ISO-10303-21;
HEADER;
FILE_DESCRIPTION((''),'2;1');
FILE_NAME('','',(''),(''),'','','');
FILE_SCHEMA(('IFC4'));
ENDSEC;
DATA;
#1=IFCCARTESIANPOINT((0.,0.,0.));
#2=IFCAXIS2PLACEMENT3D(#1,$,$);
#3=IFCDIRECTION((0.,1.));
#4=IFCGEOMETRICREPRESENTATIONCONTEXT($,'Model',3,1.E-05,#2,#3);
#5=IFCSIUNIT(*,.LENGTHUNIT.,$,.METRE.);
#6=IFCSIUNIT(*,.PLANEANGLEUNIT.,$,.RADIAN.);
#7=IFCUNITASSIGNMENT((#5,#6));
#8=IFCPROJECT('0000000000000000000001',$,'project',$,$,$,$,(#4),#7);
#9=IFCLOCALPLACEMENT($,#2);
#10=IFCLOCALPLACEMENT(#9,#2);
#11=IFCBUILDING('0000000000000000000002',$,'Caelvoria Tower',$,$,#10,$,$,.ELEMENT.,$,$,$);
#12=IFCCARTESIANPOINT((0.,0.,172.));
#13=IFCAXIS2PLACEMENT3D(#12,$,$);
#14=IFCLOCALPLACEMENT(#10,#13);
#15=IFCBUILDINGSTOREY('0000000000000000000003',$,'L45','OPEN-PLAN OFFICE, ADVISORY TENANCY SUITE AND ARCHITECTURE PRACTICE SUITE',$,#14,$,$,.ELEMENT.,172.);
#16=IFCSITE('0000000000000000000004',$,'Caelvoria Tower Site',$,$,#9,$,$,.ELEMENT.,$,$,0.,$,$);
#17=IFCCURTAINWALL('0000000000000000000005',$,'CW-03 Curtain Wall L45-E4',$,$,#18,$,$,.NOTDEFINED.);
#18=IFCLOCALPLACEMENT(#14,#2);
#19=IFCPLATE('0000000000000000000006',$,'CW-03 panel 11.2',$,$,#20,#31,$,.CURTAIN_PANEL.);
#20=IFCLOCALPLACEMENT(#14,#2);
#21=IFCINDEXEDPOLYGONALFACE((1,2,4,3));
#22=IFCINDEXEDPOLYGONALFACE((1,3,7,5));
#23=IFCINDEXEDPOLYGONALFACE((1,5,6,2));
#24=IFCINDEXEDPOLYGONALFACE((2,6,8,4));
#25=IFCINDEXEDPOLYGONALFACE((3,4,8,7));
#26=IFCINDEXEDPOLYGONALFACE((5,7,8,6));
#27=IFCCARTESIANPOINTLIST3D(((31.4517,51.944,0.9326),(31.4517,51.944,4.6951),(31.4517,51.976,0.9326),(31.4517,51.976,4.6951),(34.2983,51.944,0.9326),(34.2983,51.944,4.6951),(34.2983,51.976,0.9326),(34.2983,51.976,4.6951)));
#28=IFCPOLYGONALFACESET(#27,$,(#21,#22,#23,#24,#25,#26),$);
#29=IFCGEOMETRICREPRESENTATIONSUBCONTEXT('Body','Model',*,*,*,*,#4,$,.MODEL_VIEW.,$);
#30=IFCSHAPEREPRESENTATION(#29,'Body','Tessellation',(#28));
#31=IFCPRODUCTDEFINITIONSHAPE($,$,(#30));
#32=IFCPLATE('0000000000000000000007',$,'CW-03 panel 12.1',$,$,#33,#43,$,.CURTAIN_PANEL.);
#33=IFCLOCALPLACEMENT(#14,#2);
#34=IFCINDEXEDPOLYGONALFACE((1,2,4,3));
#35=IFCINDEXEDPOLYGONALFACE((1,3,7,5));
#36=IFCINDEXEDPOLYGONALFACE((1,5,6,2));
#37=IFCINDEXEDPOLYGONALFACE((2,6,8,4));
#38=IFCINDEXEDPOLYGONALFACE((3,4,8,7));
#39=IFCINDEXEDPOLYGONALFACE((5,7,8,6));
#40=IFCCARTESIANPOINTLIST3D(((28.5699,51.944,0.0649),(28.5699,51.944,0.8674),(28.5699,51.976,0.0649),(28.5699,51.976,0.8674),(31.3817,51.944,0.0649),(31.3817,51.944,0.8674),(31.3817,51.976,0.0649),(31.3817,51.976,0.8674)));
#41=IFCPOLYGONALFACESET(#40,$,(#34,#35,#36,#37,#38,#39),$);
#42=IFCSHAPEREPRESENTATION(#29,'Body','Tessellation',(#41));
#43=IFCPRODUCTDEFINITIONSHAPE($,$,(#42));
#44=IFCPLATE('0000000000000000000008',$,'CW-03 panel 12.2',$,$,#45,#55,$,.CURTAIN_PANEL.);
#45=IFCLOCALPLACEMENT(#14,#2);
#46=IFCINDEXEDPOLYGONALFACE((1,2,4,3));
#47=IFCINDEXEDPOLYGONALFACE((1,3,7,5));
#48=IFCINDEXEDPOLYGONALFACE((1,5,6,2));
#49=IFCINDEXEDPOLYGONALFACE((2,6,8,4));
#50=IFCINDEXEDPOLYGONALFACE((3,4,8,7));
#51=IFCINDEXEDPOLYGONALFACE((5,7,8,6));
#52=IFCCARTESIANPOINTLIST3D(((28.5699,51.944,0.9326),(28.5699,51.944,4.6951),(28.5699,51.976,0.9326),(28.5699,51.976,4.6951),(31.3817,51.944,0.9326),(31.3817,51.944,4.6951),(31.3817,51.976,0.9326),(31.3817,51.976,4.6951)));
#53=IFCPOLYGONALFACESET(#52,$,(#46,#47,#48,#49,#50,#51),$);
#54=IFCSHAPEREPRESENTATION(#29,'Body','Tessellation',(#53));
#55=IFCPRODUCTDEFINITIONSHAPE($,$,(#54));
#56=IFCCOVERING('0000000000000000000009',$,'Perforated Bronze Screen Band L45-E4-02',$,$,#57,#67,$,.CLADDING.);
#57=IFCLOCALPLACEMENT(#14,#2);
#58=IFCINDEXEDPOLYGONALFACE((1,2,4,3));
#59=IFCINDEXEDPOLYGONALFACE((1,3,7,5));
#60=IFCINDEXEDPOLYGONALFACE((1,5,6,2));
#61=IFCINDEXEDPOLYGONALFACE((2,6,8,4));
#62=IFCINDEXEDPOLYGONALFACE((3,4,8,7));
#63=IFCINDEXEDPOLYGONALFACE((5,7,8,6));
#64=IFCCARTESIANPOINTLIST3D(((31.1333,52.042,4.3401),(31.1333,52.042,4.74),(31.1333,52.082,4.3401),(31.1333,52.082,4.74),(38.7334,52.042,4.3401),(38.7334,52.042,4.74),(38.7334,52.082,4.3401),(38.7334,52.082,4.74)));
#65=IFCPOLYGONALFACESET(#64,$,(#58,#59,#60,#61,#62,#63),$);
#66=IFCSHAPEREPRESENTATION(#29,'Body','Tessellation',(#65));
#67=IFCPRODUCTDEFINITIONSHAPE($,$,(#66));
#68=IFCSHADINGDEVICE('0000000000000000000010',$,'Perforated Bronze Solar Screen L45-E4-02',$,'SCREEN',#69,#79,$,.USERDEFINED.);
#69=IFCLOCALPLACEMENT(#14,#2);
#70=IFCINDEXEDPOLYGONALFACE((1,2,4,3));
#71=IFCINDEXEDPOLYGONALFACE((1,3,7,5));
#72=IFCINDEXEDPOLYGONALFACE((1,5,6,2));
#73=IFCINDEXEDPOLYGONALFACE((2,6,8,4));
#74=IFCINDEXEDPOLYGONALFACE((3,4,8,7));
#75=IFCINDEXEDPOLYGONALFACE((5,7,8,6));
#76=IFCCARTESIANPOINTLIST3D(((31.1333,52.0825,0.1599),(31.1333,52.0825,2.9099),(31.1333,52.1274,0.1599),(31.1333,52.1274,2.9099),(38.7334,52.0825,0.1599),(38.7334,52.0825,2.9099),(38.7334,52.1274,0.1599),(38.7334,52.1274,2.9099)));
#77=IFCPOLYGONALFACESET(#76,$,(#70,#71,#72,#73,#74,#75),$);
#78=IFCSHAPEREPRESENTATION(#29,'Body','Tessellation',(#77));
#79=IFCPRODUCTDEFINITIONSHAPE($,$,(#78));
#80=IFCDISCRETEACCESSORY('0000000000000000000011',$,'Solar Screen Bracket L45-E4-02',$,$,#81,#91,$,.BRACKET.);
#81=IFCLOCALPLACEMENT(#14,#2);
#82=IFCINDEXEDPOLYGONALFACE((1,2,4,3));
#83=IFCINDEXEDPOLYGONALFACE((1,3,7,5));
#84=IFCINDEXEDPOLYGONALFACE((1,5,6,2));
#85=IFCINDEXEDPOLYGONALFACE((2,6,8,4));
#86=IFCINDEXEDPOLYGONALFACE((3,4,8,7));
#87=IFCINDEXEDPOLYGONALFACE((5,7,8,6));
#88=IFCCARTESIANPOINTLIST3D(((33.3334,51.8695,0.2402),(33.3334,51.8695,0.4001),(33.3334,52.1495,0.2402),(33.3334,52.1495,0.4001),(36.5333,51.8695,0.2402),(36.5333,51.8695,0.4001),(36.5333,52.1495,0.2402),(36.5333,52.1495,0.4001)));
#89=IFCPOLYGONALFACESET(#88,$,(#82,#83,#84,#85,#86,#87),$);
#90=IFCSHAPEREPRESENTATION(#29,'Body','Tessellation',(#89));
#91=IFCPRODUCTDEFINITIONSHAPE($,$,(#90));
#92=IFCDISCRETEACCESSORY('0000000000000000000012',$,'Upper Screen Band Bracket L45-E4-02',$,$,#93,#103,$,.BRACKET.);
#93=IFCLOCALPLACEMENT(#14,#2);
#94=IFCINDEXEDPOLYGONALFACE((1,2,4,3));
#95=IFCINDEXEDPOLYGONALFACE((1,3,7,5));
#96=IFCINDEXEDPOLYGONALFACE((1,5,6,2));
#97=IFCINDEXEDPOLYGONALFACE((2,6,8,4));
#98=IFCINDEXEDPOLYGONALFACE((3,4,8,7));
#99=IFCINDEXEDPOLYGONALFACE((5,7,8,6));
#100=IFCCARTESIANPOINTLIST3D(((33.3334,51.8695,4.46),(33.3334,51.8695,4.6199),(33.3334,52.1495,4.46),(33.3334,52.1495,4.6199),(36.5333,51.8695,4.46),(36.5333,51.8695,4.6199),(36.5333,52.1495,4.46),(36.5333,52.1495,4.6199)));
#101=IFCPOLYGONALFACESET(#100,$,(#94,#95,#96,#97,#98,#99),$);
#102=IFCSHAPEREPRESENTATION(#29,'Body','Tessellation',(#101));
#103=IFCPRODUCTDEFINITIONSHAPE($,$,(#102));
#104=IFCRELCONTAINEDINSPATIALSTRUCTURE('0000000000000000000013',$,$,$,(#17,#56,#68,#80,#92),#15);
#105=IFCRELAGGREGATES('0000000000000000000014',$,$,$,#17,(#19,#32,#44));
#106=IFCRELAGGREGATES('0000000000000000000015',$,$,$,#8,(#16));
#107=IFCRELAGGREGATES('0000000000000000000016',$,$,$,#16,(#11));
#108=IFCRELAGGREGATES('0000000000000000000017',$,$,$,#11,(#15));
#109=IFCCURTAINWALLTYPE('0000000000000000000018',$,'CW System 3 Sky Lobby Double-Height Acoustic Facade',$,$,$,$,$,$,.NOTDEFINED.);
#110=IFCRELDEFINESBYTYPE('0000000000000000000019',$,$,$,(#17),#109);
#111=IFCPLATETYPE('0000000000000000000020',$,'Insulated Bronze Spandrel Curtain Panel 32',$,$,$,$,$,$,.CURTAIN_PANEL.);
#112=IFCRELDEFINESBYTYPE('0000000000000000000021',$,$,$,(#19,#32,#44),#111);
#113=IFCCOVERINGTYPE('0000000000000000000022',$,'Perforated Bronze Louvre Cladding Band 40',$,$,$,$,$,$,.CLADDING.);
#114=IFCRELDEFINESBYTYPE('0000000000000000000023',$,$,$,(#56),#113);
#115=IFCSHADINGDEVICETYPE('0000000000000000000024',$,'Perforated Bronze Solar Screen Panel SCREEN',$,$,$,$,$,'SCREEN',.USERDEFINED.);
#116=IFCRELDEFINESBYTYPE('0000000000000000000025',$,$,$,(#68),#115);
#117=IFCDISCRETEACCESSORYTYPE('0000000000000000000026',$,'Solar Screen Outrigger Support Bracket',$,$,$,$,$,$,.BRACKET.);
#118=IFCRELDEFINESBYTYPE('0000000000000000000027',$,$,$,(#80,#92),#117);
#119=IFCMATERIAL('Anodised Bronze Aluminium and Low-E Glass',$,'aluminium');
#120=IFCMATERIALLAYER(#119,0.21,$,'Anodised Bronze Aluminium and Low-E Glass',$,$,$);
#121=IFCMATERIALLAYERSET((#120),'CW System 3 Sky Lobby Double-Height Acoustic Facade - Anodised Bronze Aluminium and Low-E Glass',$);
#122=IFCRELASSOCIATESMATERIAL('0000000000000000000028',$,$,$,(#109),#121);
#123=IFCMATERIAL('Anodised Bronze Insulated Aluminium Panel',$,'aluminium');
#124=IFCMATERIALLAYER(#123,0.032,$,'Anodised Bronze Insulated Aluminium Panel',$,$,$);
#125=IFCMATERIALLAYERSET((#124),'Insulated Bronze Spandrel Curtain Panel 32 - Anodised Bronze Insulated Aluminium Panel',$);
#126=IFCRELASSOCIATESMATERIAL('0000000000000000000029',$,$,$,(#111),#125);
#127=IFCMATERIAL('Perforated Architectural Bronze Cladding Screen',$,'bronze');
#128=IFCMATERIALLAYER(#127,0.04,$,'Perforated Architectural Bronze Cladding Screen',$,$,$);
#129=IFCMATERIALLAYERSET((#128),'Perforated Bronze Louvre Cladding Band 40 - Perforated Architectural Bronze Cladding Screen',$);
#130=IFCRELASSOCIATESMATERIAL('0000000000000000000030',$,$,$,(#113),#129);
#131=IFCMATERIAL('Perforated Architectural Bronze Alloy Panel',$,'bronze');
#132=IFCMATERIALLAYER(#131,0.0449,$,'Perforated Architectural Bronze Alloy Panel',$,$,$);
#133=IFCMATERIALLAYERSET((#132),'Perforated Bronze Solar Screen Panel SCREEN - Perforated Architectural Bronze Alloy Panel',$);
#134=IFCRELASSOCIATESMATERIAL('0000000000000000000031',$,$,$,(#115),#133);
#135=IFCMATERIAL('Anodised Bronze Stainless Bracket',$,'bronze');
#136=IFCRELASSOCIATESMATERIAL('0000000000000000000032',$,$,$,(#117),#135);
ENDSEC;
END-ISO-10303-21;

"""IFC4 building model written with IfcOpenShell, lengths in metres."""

from ifc_helpers import new_model, si_unit, direction, frame, origin, origin_2d, place, context, subcontext, project, spatial, rectangle, extrude, material, layer, layer_set, type_object, element, aggregate, save


model = new_model("IFC4")

# Units and contexts
model_context = context("Model", 3, precision=1e-05, world=origin(), true_north=direction((0.0, 1.0)))
body_context = subcontext(model_context, "Body", "Model", "MODEL_VIEW")
ifc_project = project(units=[si_unit("LENGTHUNIT", "METRE"), si_unit("PLANEANGLEUNIT", "RADIAN")], contexts=[model_context])

# Site, building, storey
site_placement = place(None, origin())
site = spatial("IfcSite", under=ifc_project, at=site_placement, Name="Caelvoria Tower Site", CompositionType="ELEMENT", RefElevation=0.0)
building_placement = place(site_placement, origin())
building = spatial("IfcBuilding", under=site, at=building_placement, Name="Caelvoria Tower", CompositionType="ELEMENT")
storey_placement = place(building_placement, frame((0.0, 0.0, 172.0)))
storey = spatial("IfcBuildingStorey", under=building, at=storey_placement, Name="L45", Description="OPEN-PLAN OFFICE, ADVISORY TENANCY SUITE AND ARCHITECTURE PRACTICE SUITE", CompositionType="ELEMENT", Elevation=172.0)

# Curtain wall
ifc_material_1 = material(Name="Anodised Bronze Aluminium and Low-E Glass", Category="aluminium")
ifc_layer_1 = layer(ifc_material_1, 0.21, Name="Anodised Bronze Aluminium and Low-E Glass")
ifc_layer_set_1 = layer_set([ifc_layer_1], Name="CW System 3 Sky Lobby Double-Height Acoustic Facade - Anodised Bronze Aluminium and Low-E Glass")
curtain_wall_type = type_object("IfcCurtainWallType", Name="CW System 3 Sky Lobby Double-Height Acoustic Facade", PredefinedType="NOTDEFINED", material=ifc_layer_set_1)
curtain_wall_1_placement = place(storey_placement, origin())
curtain_wall_1 = element("IfcCurtainWall", 1, at=curtain_wall_1_placement, inside=storey, type_object=curtain_wall_type, Name="CW-03 Curtain Wall L45-E4", PredefinedType="NOTDEFINED")

# Plates
ifc_material_2 = material(Name="Anodised Bronze Insulated Aluminium Panel", Category="aluminium")
ifc_layer_2 = layer(ifc_material_2, 0.032, Name="Anodised Bronze Insulated Aluminium Panel")
ifc_layer_set_2 = layer_set([ifc_layer_2], Name="Insulated Bronze Spandrel Curtain Panel 32 - Anodised Bronze Insulated Aluminium Panel")
plate_type = type_object("IfcPlateType", Name="Insulated Bronze Spandrel Curtain Panel 32", PredefinedType="CURTAIN_PANEL", material=ifc_layer_set_2)
plate_1_placement = place(storey_placement, frame((32.875, 51.96, 0.9326), z_axis=(0.0, 0.0, 1.0), x_axis=(-1.0, 0.0, 0.0)))
plate_1 = element("IfcPlate", 2, at=plate_1_placement, type_object=plate_type, Name="CW-03 panel 11.2", PredefinedType="CURTAIN_PANEL", context=body_context, shape_type="SweptSolid", body=[
    extrude(rectangle(XDim=2.8467, YDim=0.032, at=origin_2d()), origin(), (0.0, 0.0, 1.0), 3.7625),
])
plate_2_placement = place(storey_placement, frame((29.9758, 51.96, 0.0649), z_axis=(0.0, 0.0, 1.0), x_axis=(-1.0, 0.0, 0.0)))
plate_2 = element("IfcPlate", 3, at=plate_2_placement, type_object=plate_type, Name="CW-03 panel 12.1", PredefinedType="CURTAIN_PANEL", context=body_context, shape_type="SweptSolid", body=[
    extrude(rectangle(XDim=2.8118, YDim=0.032, at=origin_2d()), origin(), (0.0, 0.0, 1.0), 0.8025),
])
plate_3_placement = place(storey_placement, frame((29.9758, 51.96, 0.9326), z_axis=(0.0, 0.0, 1.0), x_axis=(-1.0, 0.0, 0.0)))
plate_3 = element("IfcPlate", 4, at=plate_3_placement, type_object=plate_type, Name="CW-03 panel 12.2", PredefinedType="CURTAIN_PANEL", context=body_context, shape_type="SweptSolid", body=[
    extrude(rectangle(XDim=2.8118, YDim=0.032, at=origin_2d()), origin(), (0.0, 0.0, 1.0), 3.7625),
])
aggregate(curtain_wall_1, [plate_1, plate_2, plate_3])

# Covering
ifc_material_3 = material(Name="Perforated Architectural Bronze Cladding Screen", Category="bronze")
ifc_layer_3 = layer(ifc_material_3, 0.04, Name="Perforated Architectural Bronze Cladding Screen")
ifc_layer_set_3 = layer_set([ifc_layer_3], Name="Perforated Bronze Louvre Cladding Band 40 - Perforated Architectural Bronze Cladding Screen")
covering_type = type_object("IfcCoveringType", Name="Perforated Bronze Louvre Cladding Band 40", PredefinedType="CLADDING", material=ifc_layer_set_3)
covering_placement = place(storey_placement, frame((34.9333, 52.062, 4.3401), z_axis=(0.0, 0.0, 1.0), x_axis=(-1.0, 0.0, 0.0)))
element("IfcCovering", 5, at=covering_placement, inside=storey, type_object=covering_type, Name="Perforated Bronze Screen Band L45-E4-02", PredefinedType="CLADDING", context=body_context, shape_type="SweptSolid", body=[
    extrude(rectangle(XDim=7.6001, YDim=0.04, at=origin_2d()), origin(), (0.0, 0.0, 1.0), 0.3999),
])

# Shading device
ifc_material_4 = material(Name="Perforated Architectural Bronze Alloy Panel", Category="bronze")
ifc_layer_4 = layer(ifc_material_4, 0.0449, Name="Perforated Architectural Bronze Alloy Panel")
ifc_layer_set_4 = layer_set([ifc_layer_4], Name="Perforated Bronze Solar Screen Panel SCREEN - Perforated Architectural Bronze Alloy Panel")
shading_device_type = type_object("IfcShadingDeviceType", Name="Perforated Bronze Solar Screen Panel SCREEN", ElementType="SCREEN", PredefinedType="USERDEFINED", material=ifc_layer_set_4)
shading_device_placement = place(storey_placement, frame((34.9333, 52.105, 0.1599), z_axis=(0.0, 0.0, 1.0), x_axis=(-1.0, 0.0, 0.0)))
element("IfcShadingDevice", 6, at=shading_device_placement, inside=storey, type_object=shading_device_type, Name="Perforated Bronze Solar Screen L45-E4-02", ObjectType="SCREEN", PredefinedType="USERDEFINED", context=body_context, shape_type="SweptSolid", body=[
    extrude(rectangle(XDim=7.6001, YDim=0.0449, at=origin_2d()), origin(), (0.0, 0.0, 1.0), 2.75),
])

# Discrete accessories
ifc_material_5 = material(Name="Anodised Bronze Stainless Bracket", Category="bronze")
discrete_accessory_type = type_object("IfcDiscreteAccessoryType", Name="Solar Screen Outrigger Support Bracket", PredefinedType="BRACKET", material=ifc_material_5)
for number, where, z_axis, x_axis, name in (
    (7, (34.9333, 52.0095, 0.2402), (0.0, 0.0, 1.0), (-1.0, 0.0, 0.0), "Solar Screen Bracket L45-E4-02"),
    (8, (34.9333, 52.0095, 4.46), (0.0, 0.0, 1.0), (-1.0, 0.0, 0.0), "Upper Screen Band Bracket L45-E4-02"),
):
    element("IfcDiscreteAccessory", number, at=place(storey_placement, frame(where, z_axis=z_axis, x_axis=x_axis)), inside=storey, type_object=discrete_accessory_type, Name=name, PredefinedType="BRACKET", context=body_context, shape_type="SweptSolid", body=[
        extrude(rectangle(XDim=3.2, YDim=0.28, at=origin_2d()), origin(), (0.0, 0.0, 1.0), 0.1599),
    ])

save(model, "model.ifc")
